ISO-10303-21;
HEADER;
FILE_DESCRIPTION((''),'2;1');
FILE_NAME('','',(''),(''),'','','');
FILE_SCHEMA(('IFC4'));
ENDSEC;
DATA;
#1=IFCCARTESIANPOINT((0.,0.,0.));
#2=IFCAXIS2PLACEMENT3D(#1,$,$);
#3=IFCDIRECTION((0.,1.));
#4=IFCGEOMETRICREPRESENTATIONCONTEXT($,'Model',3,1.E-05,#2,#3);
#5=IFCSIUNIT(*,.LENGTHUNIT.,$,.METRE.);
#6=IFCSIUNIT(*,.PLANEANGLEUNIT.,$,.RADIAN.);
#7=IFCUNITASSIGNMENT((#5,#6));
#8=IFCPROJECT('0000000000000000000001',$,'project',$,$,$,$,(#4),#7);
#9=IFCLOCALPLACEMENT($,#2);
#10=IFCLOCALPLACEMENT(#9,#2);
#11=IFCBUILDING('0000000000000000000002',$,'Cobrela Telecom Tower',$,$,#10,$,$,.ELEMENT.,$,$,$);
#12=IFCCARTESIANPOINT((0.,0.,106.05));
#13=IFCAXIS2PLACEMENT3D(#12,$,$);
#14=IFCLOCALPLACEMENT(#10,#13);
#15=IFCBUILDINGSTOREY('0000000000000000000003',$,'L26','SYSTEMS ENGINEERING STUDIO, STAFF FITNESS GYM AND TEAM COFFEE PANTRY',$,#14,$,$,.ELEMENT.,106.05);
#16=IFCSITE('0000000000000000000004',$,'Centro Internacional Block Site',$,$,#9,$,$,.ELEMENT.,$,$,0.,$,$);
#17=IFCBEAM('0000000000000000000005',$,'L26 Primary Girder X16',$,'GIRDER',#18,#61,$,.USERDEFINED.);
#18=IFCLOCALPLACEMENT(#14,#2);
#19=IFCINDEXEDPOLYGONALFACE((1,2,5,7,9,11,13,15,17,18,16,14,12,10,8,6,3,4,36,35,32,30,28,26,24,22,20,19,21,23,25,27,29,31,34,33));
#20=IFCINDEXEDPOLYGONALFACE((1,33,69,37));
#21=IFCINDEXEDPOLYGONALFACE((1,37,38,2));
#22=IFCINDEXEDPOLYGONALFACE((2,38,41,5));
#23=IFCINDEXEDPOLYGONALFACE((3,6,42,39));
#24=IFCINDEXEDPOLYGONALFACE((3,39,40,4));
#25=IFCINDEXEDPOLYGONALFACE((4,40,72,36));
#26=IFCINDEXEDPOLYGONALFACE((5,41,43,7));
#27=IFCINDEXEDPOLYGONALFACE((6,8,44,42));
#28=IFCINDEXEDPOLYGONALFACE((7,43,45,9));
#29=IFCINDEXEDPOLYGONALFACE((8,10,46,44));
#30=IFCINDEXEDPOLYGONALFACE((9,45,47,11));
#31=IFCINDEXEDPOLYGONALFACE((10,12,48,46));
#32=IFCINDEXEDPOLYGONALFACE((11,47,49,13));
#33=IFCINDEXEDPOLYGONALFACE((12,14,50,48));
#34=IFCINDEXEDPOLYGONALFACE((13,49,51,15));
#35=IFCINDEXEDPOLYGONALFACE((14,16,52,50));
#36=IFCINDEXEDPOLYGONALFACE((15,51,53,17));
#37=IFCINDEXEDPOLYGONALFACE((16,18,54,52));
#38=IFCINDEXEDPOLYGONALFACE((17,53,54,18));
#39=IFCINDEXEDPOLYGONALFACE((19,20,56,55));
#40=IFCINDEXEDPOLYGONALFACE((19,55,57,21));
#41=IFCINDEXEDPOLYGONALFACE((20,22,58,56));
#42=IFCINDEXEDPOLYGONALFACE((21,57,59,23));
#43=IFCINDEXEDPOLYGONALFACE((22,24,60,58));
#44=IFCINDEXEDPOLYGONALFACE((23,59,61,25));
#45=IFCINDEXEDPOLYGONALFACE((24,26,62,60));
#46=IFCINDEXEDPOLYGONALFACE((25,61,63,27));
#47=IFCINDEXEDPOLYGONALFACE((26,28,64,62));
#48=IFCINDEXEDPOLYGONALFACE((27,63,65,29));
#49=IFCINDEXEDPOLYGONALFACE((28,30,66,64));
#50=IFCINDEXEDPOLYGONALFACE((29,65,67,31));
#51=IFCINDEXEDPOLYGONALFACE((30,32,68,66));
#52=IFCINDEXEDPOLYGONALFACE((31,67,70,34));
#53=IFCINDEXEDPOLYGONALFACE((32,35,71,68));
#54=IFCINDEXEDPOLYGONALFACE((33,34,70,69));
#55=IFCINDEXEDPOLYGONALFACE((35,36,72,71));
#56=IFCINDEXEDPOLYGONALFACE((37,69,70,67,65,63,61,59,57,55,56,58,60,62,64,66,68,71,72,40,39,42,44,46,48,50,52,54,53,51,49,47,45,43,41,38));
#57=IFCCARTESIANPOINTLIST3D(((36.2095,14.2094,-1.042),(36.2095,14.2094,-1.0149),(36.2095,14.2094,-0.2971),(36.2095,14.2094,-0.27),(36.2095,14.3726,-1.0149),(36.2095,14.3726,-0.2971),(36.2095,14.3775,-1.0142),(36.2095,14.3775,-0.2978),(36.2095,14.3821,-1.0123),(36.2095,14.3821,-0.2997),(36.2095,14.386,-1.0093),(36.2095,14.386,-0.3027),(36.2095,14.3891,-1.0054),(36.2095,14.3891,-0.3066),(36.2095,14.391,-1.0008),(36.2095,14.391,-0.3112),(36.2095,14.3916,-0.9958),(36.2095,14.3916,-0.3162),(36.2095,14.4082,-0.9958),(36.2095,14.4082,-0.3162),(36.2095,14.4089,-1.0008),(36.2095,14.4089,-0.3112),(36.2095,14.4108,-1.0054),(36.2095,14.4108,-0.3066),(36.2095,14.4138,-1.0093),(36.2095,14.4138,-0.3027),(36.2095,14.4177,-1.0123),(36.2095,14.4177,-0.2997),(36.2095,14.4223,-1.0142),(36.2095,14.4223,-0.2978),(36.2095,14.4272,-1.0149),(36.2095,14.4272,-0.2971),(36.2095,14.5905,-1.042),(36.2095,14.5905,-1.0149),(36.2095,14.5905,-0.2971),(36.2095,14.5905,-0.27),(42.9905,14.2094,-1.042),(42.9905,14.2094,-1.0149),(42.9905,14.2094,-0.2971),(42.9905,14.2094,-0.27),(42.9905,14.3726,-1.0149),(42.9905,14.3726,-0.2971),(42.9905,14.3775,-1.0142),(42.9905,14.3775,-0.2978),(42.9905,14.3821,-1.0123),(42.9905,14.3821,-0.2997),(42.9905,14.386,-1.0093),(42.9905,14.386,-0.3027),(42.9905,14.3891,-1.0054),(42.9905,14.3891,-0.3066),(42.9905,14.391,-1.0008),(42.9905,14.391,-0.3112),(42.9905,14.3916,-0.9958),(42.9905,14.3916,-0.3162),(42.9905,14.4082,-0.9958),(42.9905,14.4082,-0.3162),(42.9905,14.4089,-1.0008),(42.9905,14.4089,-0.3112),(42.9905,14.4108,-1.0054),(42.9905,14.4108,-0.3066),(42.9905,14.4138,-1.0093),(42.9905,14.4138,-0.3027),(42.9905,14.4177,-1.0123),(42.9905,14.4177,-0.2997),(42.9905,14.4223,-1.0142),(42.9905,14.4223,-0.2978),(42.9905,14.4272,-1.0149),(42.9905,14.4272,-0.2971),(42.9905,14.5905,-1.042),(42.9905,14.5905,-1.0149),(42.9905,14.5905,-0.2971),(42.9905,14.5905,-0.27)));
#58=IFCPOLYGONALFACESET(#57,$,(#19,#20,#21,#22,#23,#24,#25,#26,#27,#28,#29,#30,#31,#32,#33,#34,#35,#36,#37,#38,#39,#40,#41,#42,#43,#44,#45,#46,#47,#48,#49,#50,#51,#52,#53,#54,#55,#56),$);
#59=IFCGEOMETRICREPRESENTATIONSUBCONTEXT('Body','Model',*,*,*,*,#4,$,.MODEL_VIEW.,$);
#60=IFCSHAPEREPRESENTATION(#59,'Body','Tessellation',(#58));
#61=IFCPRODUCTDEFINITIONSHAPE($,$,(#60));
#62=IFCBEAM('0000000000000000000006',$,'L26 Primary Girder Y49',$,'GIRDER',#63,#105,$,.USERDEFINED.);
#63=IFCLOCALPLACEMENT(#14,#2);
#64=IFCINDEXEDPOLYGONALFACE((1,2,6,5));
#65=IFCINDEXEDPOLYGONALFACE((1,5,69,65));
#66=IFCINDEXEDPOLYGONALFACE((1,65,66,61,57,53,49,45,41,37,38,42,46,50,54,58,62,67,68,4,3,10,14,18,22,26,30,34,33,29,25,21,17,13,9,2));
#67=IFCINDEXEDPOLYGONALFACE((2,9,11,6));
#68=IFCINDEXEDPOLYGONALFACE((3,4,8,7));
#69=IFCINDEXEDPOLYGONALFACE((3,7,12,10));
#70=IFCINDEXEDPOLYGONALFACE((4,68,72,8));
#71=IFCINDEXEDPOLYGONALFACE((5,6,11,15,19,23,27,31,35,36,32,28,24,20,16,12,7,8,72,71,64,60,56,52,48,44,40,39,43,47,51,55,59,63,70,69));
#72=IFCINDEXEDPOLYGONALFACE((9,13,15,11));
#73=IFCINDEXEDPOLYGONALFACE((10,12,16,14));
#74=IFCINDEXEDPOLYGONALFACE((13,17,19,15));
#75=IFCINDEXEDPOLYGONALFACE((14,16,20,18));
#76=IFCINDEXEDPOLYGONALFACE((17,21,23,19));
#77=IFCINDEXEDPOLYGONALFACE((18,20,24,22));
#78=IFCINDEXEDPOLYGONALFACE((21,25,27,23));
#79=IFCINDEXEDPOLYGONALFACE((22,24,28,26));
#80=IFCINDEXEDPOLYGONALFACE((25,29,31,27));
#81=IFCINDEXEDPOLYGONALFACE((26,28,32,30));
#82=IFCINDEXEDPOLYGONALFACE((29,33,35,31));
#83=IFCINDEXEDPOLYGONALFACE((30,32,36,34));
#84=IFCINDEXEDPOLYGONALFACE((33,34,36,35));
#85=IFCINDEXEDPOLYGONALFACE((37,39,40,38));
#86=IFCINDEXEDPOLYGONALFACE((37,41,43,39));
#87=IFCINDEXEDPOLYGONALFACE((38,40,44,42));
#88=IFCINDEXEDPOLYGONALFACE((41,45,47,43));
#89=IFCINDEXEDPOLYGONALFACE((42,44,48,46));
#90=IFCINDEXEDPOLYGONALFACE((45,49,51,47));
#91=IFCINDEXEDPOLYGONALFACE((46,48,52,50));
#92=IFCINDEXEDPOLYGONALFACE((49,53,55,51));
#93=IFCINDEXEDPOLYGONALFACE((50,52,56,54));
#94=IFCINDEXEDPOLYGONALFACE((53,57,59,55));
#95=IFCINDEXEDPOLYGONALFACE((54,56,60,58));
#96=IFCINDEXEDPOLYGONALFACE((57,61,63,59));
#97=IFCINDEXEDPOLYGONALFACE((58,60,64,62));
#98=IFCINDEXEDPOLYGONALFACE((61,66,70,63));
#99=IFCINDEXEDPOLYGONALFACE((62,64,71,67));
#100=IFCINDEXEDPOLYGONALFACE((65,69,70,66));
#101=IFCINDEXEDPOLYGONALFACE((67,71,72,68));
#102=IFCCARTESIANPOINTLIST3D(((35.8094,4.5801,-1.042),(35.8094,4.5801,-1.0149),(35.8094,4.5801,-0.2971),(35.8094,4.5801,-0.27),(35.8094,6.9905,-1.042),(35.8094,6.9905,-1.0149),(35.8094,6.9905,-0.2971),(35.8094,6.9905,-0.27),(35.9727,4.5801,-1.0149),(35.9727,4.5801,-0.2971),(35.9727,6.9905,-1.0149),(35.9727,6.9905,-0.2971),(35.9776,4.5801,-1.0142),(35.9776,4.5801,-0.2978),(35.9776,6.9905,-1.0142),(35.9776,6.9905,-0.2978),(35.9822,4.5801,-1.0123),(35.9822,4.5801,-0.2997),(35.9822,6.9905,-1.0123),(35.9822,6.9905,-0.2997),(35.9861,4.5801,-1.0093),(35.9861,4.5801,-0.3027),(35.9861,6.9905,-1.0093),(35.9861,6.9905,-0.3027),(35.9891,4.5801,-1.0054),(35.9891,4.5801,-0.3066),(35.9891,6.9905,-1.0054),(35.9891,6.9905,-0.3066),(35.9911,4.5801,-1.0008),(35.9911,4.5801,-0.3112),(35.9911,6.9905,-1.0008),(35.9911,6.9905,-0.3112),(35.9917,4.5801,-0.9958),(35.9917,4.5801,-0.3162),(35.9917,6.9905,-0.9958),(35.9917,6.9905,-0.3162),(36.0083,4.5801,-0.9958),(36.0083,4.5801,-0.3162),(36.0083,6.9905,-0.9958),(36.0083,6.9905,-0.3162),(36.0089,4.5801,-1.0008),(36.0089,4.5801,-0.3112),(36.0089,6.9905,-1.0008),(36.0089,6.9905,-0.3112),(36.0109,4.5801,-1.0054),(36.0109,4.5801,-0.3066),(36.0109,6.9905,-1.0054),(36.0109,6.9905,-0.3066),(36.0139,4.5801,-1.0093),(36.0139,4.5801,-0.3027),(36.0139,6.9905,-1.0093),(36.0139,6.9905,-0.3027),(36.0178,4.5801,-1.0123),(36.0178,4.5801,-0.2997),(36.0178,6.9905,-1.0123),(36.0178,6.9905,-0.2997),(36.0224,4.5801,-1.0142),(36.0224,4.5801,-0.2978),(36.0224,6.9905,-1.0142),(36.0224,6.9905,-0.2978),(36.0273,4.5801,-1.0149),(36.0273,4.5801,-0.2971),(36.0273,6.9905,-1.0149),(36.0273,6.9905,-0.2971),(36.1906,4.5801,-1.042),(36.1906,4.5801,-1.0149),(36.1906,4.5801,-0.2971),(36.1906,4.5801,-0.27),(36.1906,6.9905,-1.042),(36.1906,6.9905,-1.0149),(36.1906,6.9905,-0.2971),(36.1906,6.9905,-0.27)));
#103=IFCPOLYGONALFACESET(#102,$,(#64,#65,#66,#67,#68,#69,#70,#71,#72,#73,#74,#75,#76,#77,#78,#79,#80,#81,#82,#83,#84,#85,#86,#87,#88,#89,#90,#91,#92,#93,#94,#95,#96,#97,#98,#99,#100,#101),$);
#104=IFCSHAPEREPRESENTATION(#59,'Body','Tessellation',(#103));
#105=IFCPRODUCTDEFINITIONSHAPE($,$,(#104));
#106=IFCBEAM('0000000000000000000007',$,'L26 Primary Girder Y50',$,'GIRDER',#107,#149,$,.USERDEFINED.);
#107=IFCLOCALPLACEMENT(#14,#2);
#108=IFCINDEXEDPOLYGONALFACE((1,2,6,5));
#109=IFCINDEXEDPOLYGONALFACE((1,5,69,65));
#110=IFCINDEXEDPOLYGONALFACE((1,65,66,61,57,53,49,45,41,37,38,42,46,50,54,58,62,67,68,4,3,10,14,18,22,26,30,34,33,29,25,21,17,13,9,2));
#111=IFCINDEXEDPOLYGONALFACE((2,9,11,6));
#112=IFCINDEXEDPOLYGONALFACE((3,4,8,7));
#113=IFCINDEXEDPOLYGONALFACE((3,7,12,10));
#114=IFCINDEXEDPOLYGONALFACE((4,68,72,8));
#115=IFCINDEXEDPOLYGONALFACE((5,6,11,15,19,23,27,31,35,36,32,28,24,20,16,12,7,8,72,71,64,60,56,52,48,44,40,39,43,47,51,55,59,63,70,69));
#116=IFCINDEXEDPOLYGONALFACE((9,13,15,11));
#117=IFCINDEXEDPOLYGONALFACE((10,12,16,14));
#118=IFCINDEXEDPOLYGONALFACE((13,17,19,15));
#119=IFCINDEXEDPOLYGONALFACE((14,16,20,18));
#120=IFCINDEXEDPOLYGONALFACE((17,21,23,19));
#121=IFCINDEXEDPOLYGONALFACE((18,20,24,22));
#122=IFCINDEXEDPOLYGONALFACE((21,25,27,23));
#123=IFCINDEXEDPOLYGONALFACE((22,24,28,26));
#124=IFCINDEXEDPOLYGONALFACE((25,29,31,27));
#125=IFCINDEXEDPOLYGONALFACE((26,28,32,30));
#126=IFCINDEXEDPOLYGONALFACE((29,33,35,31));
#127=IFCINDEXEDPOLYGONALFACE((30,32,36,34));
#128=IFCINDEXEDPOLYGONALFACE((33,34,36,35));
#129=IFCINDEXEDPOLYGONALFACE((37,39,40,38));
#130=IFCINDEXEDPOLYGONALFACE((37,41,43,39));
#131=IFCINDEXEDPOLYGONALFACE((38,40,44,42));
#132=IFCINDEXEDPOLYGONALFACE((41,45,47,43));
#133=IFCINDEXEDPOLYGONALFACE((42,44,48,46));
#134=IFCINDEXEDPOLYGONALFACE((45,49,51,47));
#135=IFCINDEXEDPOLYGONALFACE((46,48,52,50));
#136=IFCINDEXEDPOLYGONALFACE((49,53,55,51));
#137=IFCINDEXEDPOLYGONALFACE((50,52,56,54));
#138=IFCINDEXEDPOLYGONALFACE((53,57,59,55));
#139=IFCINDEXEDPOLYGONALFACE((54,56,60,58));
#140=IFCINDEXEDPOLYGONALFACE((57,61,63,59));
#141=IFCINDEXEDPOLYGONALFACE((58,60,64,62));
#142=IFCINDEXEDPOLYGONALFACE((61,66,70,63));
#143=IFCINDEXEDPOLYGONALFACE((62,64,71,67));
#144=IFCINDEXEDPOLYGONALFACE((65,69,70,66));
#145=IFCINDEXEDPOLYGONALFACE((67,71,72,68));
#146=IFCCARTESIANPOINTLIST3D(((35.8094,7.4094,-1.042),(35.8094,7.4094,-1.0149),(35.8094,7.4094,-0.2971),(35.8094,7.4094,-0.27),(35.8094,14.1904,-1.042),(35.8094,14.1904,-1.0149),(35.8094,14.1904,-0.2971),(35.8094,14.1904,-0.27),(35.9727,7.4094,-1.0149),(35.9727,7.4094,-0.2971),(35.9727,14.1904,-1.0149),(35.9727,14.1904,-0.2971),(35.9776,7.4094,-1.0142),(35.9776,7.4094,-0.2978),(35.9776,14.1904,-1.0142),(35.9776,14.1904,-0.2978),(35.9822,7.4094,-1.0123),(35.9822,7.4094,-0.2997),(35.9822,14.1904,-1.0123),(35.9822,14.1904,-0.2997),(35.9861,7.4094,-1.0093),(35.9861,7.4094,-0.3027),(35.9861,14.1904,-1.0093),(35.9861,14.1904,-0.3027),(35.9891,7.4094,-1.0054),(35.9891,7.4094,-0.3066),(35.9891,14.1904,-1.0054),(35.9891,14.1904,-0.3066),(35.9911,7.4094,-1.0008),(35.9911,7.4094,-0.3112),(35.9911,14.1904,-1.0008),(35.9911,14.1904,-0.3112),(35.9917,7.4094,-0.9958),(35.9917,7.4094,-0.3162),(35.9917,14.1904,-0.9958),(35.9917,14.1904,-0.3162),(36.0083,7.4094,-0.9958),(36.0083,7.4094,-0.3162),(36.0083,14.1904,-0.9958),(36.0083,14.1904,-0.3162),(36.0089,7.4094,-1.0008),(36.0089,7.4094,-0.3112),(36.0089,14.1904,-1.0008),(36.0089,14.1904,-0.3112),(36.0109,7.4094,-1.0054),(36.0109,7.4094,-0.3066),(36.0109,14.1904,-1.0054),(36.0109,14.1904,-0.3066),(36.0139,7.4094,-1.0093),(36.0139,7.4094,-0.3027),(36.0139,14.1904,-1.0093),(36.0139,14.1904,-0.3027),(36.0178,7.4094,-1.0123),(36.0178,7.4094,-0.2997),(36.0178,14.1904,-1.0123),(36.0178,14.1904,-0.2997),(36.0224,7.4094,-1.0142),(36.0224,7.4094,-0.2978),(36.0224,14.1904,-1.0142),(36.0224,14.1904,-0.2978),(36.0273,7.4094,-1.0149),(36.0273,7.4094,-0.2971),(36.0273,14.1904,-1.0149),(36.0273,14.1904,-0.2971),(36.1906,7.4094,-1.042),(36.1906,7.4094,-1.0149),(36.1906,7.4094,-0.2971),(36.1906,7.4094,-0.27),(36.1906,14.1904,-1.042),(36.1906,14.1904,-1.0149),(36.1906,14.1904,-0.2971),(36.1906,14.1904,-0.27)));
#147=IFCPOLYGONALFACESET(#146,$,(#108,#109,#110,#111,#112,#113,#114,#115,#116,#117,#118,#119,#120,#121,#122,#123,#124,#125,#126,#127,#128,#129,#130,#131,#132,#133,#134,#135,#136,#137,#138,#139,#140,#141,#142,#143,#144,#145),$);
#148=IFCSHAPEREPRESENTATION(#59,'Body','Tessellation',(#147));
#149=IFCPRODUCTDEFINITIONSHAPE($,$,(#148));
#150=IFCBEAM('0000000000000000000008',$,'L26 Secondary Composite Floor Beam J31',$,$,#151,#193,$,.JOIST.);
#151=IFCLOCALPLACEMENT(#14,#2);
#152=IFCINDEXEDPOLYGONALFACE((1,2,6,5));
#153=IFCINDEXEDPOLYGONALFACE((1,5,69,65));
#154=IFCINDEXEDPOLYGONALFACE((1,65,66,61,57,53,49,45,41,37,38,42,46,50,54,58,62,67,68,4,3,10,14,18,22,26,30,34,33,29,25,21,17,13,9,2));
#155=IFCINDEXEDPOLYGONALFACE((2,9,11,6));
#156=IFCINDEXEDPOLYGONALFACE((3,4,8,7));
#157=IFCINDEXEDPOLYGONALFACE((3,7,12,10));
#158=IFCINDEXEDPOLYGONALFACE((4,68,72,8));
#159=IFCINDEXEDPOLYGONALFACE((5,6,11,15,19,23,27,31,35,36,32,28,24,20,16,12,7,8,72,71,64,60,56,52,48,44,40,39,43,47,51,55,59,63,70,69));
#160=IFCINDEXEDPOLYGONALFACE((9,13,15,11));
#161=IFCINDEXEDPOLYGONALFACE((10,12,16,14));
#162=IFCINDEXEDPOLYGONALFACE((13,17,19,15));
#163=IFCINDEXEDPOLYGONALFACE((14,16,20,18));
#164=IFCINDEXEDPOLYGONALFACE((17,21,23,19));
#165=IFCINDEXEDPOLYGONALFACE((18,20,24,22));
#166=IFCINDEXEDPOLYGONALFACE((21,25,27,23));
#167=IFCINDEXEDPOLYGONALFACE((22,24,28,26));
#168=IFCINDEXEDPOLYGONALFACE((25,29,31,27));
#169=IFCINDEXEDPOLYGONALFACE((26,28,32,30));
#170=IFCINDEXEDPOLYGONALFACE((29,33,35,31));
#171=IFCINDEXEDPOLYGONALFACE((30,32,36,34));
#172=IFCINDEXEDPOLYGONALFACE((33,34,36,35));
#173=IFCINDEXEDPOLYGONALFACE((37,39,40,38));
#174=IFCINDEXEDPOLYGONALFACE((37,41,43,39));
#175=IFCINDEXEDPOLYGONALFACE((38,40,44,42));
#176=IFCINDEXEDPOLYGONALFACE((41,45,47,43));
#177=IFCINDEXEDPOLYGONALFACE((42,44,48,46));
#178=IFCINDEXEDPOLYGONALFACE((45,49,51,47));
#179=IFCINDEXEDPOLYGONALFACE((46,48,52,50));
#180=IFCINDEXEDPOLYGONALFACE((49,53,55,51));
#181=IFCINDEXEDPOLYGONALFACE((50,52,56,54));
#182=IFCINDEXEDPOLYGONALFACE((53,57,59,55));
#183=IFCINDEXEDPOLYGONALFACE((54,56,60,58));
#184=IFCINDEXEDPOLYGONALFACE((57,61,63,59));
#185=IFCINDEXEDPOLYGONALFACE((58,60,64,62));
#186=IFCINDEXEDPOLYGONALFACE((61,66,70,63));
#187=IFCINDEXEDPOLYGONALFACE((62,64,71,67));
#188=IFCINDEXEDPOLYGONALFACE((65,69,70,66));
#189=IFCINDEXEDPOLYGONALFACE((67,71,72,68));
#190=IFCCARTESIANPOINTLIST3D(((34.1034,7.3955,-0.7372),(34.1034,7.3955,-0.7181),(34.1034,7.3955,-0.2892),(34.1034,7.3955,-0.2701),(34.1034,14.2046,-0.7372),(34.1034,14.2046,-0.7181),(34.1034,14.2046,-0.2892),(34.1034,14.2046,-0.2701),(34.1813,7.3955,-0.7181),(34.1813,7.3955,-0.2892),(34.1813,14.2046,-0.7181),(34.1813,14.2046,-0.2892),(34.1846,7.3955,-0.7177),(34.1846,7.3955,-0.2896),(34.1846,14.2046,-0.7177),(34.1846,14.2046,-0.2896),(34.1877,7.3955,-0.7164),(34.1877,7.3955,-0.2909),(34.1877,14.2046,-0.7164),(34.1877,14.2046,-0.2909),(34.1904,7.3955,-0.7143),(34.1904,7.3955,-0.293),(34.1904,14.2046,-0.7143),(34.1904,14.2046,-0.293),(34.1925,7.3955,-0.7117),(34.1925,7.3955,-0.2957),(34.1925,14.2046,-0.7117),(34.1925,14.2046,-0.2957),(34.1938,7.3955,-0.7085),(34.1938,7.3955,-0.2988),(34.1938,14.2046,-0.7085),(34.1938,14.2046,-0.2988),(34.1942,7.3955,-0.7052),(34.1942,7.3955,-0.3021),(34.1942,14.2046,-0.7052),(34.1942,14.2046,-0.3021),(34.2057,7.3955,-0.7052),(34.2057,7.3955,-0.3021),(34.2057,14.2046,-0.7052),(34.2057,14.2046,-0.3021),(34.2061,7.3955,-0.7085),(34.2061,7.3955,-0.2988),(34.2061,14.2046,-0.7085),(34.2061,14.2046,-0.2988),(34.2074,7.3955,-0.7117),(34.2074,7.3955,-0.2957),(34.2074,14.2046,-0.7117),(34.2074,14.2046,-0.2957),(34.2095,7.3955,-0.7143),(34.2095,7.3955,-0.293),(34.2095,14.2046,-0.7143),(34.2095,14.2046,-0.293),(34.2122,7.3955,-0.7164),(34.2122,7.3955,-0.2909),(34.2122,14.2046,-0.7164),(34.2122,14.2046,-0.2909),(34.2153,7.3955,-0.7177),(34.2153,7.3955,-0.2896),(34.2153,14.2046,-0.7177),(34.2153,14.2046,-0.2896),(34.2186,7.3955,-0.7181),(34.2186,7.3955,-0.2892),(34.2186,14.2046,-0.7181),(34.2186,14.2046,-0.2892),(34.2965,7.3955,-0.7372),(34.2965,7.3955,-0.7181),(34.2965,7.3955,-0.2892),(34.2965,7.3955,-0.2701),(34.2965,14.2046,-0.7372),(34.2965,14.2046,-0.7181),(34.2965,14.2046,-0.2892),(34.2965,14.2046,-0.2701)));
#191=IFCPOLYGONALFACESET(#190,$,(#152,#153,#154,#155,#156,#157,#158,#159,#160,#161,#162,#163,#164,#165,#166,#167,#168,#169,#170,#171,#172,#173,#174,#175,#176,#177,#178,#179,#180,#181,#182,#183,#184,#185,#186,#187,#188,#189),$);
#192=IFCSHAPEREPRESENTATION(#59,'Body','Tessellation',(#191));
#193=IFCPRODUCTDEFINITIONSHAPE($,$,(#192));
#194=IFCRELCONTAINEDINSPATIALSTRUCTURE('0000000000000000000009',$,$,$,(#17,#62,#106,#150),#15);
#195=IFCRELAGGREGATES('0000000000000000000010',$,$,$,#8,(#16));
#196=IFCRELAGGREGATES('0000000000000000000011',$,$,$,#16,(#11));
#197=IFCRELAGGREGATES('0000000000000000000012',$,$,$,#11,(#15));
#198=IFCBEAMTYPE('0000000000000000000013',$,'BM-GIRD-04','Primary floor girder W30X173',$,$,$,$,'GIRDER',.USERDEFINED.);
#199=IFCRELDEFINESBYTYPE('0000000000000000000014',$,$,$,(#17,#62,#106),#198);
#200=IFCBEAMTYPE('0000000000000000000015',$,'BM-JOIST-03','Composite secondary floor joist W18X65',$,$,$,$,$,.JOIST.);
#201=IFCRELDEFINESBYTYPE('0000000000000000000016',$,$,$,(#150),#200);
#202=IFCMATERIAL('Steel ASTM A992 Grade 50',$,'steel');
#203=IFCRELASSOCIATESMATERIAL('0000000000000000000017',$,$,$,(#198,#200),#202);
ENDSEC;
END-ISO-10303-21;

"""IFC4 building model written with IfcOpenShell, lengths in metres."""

from ifc_helpers import new_model, si_unit, direction, frame, origin, origin_2d, place, context, subcontext, project, spatial, i_section, extrude, material, material_profile, profile_set, type_object, element, save


model = new_model("IFC4")

# Units and contexts
model_context = context("Model", 3, precision=1e-05, world=origin(), true_north=direction((0.0, 1.0)))
body_context = subcontext(model_context, "Body", "Model", "MODEL_VIEW")
ifc_project = project(units=[si_unit("LENGTHUNIT", "METRE"), si_unit("PLANEANGLEUNIT", "RADIAN")], contexts=[model_context])

# Site, building, storey
site_placement = place(None, origin())
site = spatial("IfcSite", under=ifc_project, at=site_placement, Name="Centro Internacional Block Site", CompositionType="ELEMENT", RefElevation=0.0)
building_placement = place(site_placement, origin())
building = spatial("IfcBuilding", under=site, at=building_placement, Name="Cobrela Telecom Tower", CompositionType="ELEMENT")
storey_placement = place(building_placement, frame((0.0, 0.0, 106.05)))
storey = spatial("IfcBuildingStorey", under=building, at=storey_placement, Name="L26", Description="SYSTEMS ENGINEERING STUDIO, STAFF FITNESS GYM AND TEAM COFFEE PANTRY", CompositionType="ELEMENT", Elevation=106.05)

# Shared definitions
ifc_material_1 = material(Name="Steel ASTM A992 Grade 50", Category="steel")

# Beams
ifc_material_profile_1 = material_profile(ifc_material_1, i_section(OverallWidth=0.3811, OverallDepth=0.772, WebThickness=0.0166, FlangeThickness=0.0271, FilletRadius=0.019, at=origin_2d()), Name="W30X173")
ifc_profile_set_1 = profile_set([ifc_material_profile_1], Name="Steel ASTM A992 Grade 50")
beam_type_1 = type_object("IfcBeamType", Name="BM-GIRD-04", Description="Primary floor girder W30X173", ElementType="GIRDER", PredefinedType="USERDEFINED", material=ifc_profile_set_1)
beam_1_placement = place(storey_placement, frame((36.2095, 14.3999, -0.656), z_axis=(1.0, 0.0, 0.0), x_axis=(0.0, 1.0, 0.0)))
element("IfcBeam", 1, at=beam_1_placement, inside=storey, type_object=beam_type_1, Name="L26 Primary Girder X16", ObjectType="GIRDER", PredefinedType="USERDEFINED", context=body_context, shape_type="SweptSolid", body=[
    extrude(i_section(OverallWidth=0.3811, OverallDepth=0.772, WebThickness=0.0166, FlangeThickness=0.0271, FilletRadius=0.019, at=origin_2d()), origin(), (0.0, 0.0, 1.0), 6.781),
])
beam_2_placement = place(storey_placement, frame((36.0, 4.5801, -0.656), z_axis=(0.0, 1.0, 0.0), x_axis=(-1.0, 0.0, 0.0)))
element("IfcBeam", 2, at=beam_2_placement, inside=storey, type_object=beam_type_1, Name="L26 Primary Girder Y49", ObjectType="GIRDER", PredefinedType="USERDEFINED", context=body_context, shape_type="SweptSolid", body=[
    extrude(i_section(OverallWidth=0.3811, OverallDepth=0.772, WebThickness=0.0166, FlangeThickness=0.0271, FilletRadius=0.019, at=origin_2d()), origin(), (0.0, 0.0, 1.0), 2.4104),
])
beam_3_placement = place(storey_placement, frame((36.0, 7.4094, -0.656), z_axis=(0.0, 1.0, 0.0), x_axis=(-1.0, 0.0, 0.0)))
element("IfcBeam", 3, at=beam_3_placement, inside=storey, type_object=beam_type_1, Name="L26 Primary Girder Y50", ObjectType="GIRDER", PredefinedType="USERDEFINED", context=body_context, shape_type="SweptSolid", body=[
    extrude(i_section(OverallWidth=0.3811, OverallDepth=0.772, WebThickness=0.0166, FlangeThickness=0.0271, FilletRadius=0.019, at=origin_2d()), origin(), (0.0, 0.0, 1.0), 6.781),
])
ifc_material_profile_2 = material_profile(ifc_material_1, i_section(OverallWidth=0.1931, OverallDepth=0.467, WebThickness=0.0115, FlangeThickness=0.019, FilletRadius=0.0129, at=origin_2d()), Name="W18X65")
ifc_profile_set_2 = profile_set([ifc_material_profile_2], Name="Steel ASTM A992 Grade 50")
beam_type_2 = type_object("IfcBeamType", Name="BM-JOIST-03", Description="Composite secondary floor joist W18X65", PredefinedType="JOIST", material=ifc_profile_set_2)
for number, where, z_axis, x_axis, name in (
    (4, (34.2, 7.3955, -0.5037), (0.0, 1.0, 0.0), (-1.0, 0.0, 0.0), "L26 Secondary Composite Floor Beam J31"),
):
    element("IfcBeam", number, at=place(storey_placement, frame(where, z_axis=z_axis, x_axis=x_axis)), inside=storey, type_object=beam_type_2, Name=name, PredefinedType="JOIST", context=body_context, shape_type="SweptSolid", body=[
        extrude(i_section(OverallWidth=0.1931, OverallDepth=0.467, WebThickness=0.0115, FlangeThickness=0.019, FilletRadius=0.0129, at=origin_2d()), origin(), (0.0, 0.0, 1.0), 6.8091),
    ])

save(model, "model.ifc")
